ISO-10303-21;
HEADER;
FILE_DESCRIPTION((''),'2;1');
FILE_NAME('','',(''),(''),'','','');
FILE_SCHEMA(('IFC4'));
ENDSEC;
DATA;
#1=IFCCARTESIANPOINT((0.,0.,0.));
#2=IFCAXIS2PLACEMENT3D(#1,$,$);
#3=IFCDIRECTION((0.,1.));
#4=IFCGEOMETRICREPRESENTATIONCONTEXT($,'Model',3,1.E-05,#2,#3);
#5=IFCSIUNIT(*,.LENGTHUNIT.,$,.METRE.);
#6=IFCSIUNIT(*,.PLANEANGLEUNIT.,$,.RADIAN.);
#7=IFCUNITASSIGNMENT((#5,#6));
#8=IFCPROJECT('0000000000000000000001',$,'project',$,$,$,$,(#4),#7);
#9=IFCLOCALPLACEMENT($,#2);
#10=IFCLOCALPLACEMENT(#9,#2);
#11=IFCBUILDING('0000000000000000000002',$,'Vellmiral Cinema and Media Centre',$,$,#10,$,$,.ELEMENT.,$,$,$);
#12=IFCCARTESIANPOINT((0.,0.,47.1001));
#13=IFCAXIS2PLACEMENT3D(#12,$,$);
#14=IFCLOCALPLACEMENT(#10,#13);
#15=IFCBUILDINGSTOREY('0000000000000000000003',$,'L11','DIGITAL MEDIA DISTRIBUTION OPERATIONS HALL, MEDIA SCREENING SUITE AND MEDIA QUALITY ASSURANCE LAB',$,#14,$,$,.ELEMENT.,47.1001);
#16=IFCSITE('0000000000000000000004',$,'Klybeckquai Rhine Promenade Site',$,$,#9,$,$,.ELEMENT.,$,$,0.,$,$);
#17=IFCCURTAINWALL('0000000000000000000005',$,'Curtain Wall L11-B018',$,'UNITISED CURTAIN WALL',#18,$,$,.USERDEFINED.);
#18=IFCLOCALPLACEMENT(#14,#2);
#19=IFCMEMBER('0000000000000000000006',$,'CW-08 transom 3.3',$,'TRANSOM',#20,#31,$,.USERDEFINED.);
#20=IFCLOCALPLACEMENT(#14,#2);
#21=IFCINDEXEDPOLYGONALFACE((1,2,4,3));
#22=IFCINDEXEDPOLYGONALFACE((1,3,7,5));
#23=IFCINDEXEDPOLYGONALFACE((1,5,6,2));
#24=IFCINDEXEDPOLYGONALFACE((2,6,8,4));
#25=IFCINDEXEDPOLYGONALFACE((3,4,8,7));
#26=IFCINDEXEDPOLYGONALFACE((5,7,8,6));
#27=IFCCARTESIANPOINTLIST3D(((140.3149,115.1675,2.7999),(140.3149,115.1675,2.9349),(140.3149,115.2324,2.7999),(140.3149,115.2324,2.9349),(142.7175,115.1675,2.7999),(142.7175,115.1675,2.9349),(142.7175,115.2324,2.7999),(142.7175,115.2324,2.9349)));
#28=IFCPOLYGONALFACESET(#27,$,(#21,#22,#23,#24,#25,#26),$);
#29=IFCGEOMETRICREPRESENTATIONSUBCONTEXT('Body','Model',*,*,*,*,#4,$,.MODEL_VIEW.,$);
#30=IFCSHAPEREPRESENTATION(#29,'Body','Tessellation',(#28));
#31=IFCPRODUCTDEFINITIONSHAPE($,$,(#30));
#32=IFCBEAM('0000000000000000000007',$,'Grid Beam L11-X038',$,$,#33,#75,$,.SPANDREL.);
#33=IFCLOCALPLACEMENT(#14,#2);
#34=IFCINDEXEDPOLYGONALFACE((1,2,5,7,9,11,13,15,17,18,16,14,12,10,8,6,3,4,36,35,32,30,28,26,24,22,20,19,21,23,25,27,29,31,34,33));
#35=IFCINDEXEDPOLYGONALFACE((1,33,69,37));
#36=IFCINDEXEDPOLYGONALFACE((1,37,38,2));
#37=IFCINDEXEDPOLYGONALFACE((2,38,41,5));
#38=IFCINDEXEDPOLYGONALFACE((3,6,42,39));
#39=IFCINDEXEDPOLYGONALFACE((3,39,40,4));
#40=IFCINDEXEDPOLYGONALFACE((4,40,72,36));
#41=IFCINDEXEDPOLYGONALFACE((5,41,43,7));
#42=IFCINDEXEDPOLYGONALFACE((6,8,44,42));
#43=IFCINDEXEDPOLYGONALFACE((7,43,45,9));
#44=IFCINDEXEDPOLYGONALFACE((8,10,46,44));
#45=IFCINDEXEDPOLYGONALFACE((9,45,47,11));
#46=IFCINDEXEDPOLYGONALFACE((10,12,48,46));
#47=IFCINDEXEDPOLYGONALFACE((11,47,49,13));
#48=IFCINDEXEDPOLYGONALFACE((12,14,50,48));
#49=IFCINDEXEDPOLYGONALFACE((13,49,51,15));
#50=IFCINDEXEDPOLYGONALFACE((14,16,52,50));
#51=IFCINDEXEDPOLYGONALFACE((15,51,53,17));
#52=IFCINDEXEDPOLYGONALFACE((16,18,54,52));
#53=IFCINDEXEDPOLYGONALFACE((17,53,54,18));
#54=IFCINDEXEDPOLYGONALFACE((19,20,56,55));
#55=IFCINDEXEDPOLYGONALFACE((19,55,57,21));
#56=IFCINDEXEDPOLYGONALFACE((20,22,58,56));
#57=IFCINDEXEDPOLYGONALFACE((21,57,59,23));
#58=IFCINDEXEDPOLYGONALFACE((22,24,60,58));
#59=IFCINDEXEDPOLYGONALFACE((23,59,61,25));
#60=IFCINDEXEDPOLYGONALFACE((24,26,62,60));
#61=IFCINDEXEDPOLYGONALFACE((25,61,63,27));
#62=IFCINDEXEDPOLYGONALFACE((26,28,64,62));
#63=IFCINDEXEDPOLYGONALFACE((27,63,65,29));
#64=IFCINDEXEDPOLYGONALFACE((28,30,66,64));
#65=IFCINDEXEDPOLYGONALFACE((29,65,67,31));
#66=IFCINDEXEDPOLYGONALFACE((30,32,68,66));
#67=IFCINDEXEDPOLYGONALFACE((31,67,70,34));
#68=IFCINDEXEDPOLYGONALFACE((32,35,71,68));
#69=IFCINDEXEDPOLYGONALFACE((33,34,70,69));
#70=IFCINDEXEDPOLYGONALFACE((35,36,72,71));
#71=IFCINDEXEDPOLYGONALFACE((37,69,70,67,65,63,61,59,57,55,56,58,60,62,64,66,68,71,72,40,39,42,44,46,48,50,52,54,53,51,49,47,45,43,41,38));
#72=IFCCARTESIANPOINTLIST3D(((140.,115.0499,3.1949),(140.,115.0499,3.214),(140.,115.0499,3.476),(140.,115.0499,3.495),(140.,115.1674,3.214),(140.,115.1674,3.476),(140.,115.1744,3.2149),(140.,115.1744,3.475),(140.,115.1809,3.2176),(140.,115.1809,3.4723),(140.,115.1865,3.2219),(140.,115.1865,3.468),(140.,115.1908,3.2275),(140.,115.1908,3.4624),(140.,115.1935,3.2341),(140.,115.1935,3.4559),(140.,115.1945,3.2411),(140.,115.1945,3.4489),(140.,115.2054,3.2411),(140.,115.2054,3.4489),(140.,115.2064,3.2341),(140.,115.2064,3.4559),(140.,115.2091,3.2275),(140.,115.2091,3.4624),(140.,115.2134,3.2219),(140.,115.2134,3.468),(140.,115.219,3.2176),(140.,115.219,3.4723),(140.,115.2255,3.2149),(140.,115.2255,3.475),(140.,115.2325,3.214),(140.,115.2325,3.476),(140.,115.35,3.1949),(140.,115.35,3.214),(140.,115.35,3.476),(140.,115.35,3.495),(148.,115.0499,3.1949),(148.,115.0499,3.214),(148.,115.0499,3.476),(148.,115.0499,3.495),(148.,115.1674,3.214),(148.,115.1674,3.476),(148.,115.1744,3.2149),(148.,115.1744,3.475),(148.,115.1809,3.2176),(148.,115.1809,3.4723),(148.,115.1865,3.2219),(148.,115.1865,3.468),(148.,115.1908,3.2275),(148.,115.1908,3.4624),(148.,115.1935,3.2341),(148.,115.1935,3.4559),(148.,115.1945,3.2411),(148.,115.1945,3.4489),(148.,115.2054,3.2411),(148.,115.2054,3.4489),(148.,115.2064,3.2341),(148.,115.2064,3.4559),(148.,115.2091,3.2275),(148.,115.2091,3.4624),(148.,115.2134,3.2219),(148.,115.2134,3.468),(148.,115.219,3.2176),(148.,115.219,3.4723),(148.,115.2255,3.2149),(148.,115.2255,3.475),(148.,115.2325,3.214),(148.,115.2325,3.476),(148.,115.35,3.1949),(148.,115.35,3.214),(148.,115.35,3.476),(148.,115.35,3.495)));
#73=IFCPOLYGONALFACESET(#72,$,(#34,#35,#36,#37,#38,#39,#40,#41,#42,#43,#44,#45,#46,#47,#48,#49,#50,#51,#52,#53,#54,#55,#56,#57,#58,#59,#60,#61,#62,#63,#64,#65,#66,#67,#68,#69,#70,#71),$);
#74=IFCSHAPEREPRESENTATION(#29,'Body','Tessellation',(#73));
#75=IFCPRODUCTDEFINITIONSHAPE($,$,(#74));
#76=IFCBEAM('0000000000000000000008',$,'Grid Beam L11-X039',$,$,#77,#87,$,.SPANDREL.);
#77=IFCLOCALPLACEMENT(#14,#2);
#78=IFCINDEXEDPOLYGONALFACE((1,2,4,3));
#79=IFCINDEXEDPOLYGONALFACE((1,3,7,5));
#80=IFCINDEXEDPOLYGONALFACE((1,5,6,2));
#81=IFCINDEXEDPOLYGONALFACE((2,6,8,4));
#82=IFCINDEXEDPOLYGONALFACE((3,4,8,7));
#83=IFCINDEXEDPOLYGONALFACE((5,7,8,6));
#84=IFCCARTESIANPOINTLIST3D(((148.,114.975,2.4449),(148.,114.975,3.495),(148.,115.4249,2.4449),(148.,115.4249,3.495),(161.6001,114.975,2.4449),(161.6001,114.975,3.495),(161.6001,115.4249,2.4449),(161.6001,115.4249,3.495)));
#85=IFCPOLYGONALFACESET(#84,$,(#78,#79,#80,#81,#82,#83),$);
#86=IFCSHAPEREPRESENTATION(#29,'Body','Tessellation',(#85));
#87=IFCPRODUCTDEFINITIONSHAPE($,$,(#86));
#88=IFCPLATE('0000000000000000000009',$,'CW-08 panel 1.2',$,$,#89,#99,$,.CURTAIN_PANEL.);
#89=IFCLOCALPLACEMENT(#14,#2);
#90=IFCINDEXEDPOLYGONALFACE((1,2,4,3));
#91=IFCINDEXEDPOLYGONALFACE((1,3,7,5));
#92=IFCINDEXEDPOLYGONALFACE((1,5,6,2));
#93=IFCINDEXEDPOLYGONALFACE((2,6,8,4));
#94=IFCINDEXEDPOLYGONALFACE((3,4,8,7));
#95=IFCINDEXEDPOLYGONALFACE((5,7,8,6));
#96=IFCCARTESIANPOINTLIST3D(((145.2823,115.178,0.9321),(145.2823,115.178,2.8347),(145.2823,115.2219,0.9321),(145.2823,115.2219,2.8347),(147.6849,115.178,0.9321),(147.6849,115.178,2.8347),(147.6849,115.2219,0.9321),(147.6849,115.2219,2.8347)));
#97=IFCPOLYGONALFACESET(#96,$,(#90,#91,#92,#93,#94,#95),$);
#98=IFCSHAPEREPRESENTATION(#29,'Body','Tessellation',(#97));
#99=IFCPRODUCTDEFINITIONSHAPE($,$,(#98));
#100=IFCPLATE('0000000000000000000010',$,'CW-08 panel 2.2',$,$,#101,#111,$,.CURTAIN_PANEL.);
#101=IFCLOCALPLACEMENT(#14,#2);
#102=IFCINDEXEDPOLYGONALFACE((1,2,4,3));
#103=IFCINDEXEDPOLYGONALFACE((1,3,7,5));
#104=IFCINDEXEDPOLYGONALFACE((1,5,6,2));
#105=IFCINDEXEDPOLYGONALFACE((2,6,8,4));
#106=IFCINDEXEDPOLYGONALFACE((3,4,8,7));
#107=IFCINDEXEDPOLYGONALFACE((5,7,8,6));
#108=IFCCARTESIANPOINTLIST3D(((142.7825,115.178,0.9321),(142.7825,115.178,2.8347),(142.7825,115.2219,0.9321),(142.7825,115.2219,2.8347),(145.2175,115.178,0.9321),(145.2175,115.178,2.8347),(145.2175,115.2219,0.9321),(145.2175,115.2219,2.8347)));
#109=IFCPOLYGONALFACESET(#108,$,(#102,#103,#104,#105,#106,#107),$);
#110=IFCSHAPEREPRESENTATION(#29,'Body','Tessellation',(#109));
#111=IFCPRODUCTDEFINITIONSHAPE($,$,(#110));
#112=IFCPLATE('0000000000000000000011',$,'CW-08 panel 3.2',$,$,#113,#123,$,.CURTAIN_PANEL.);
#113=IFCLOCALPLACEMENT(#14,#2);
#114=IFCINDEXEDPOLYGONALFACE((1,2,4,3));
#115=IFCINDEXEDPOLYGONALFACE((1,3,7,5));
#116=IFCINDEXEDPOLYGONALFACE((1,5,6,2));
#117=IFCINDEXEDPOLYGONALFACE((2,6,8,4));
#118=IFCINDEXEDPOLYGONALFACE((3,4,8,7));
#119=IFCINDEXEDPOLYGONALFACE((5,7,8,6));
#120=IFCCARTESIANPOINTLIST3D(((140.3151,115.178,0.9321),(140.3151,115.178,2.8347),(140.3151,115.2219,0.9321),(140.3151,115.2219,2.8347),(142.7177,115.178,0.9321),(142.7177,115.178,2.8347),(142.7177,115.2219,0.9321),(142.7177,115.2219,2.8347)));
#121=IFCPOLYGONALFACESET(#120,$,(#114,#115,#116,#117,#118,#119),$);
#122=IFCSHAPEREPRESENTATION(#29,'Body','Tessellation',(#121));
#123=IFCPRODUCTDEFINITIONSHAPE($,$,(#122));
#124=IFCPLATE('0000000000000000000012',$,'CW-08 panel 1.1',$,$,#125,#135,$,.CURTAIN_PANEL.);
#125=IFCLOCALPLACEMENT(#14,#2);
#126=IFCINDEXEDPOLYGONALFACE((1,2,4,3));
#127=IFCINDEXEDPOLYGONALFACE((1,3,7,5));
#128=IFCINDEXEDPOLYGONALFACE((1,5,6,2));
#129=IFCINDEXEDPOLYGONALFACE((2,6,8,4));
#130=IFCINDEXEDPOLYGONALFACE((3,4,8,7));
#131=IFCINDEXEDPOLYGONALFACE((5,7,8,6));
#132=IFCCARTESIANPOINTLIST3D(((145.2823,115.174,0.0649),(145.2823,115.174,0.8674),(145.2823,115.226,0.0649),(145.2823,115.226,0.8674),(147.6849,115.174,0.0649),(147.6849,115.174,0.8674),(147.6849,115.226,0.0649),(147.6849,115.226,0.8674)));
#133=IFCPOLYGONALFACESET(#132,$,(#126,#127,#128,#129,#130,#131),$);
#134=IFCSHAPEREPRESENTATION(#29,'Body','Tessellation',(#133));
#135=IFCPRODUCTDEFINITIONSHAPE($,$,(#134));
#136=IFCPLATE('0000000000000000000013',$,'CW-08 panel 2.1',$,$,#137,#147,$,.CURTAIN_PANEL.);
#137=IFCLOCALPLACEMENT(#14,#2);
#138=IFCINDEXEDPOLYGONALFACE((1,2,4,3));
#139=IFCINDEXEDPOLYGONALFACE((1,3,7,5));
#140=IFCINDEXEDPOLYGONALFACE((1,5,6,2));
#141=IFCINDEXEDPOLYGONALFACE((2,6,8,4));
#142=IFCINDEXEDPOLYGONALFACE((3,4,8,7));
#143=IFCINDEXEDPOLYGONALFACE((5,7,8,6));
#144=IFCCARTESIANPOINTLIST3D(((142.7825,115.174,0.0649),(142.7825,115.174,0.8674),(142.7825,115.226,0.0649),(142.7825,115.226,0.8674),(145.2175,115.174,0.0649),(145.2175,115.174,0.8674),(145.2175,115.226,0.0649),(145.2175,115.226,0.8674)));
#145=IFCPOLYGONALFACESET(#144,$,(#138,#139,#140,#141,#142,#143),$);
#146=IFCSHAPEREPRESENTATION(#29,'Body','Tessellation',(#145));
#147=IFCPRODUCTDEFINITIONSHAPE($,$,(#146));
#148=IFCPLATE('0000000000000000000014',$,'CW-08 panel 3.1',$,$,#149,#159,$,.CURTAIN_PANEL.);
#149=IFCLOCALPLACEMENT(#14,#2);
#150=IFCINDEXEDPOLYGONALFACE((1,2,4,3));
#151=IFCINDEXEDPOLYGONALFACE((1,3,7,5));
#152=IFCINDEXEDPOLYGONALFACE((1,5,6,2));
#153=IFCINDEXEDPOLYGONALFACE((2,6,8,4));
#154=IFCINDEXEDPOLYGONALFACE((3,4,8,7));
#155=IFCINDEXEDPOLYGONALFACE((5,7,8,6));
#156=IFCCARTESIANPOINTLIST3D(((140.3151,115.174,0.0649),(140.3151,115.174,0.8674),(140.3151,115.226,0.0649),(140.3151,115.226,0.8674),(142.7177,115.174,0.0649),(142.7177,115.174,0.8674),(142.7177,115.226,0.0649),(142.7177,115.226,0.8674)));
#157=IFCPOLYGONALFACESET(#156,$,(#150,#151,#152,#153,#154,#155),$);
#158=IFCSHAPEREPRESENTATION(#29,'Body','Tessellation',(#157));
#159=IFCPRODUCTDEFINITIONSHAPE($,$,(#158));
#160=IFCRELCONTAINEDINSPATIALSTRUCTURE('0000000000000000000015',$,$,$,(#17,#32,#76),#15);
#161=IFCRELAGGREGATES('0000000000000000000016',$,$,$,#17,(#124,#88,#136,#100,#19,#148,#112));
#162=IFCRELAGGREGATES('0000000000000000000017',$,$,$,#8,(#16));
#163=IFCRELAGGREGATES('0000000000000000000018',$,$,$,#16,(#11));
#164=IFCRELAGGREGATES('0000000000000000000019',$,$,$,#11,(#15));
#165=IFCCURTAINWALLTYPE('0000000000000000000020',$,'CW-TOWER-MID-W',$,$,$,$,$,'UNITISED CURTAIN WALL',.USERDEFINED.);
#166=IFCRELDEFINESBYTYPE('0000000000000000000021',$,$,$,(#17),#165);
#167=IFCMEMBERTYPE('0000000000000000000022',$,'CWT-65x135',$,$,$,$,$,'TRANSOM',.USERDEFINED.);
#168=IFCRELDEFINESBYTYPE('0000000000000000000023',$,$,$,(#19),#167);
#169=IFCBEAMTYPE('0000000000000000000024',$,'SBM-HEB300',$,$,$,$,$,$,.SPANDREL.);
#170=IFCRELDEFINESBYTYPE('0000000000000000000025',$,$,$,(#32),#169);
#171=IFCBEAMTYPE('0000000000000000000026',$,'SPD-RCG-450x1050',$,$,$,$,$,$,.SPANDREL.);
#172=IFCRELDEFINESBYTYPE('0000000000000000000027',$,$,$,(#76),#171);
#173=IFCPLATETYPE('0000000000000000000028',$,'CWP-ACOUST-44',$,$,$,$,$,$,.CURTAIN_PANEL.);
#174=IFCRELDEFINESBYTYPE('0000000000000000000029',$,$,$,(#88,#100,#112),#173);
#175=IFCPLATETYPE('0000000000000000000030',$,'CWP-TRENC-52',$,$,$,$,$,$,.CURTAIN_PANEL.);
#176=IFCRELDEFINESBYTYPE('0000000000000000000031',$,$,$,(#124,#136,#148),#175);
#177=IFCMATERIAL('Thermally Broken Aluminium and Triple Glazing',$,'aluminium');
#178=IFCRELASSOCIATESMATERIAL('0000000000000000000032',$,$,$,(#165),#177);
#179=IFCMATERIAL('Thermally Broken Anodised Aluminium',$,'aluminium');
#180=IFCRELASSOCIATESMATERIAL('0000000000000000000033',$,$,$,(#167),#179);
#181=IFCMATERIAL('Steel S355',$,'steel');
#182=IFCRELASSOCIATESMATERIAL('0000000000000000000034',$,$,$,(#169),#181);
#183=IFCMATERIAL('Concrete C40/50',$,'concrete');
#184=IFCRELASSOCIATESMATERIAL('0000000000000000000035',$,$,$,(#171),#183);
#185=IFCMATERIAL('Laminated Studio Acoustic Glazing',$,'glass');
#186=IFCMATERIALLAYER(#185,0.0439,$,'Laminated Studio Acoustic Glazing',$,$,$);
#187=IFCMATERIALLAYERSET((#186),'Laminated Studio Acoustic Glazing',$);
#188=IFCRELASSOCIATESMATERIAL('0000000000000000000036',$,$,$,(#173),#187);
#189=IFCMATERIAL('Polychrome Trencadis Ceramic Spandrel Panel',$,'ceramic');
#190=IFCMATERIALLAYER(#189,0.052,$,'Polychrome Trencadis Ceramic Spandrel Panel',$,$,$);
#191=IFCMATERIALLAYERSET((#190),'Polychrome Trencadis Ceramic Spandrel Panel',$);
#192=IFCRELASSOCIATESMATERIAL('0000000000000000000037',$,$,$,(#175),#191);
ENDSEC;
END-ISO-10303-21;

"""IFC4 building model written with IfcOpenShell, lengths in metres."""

from ifc_helpers import new_model, si_unit, direction, frame, origin, origin_2d, place, context, subcontext, project, spatial, rectangle, i_section, extrude, material, layer, layer_set, material_profile, profile_set, type_object, element, aggregate, save


model = new_model("IFC4")

# Units and contexts
model_context = context("Model", 3, precision=1e-05, world=origin(), true_north=direction((0.0, 1.0)))
body_context = subcontext(model_context, "Body", "Model", "MODEL_VIEW")
ifc_project = project(units=[si_unit("LENGTHUNIT", "METRE"), si_unit("PLANEANGLEUNIT", "RADIAN")], contexts=[model_context])

# Site, building, storey
site_placement = place(None, origin())
site = spatial("IfcSite", under=ifc_project, at=site_placement, Name="Klybeckquai Rhine Promenade Site", CompositionType="ELEMENT", RefElevation=0.0)
building_placement = place(site_placement, origin())
building = spatial("IfcBuilding", under=site, at=building_placement, Name="Vellmiral Cinema and Media Centre", CompositionType="ELEMENT")
storey_placement = place(building_placement, frame((0.0, 0.0, 47.1001)))
storey = spatial("IfcBuildingStorey", under=building, at=storey_placement, Name="L11", Description="DIGITAL MEDIA DISTRIBUTION OPERATIONS HALL, MEDIA SCREENING SUITE AND MEDIA QUALITY ASSURANCE LAB", CompositionType="ELEMENT", Elevation=47.1001)

# Curtain wall, member
ifc_material_1 = material(Name="Thermally Broken Aluminium and Triple Glazing", Category="aluminium")
curtain_wall_type = type_object("IfcCurtainWallType", Name="CW-TOWER-MID-W", ElementType="UNITISED CURTAIN WALL", PredefinedType="USERDEFINED", material=ifc_material_1)
curtain_wall_placement = place(storey_placement, origin())
curtain_wall = element("IfcCurtainWall", 1, at=curtain_wall_placement, inside=storey, type_object=curtain_wall_type, Name="Curtain Wall L11-B018", ObjectType="UNITISED CURTAIN WALL", PredefinedType="USERDEFINED")
ifc_material_2 = material(Name="Thermally Broken Anodised Aluminium", Category="aluminium")
ifc_material_profile_1 = material_profile(ifc_material_2, rectangle(XDim=0.0649, YDim=0.135, at=origin_2d()), Name="MULL 65x135")
ifc_profile_set_1 = profile_set([ifc_material_profile_1], Name="Thermally Broken Anodised Aluminium")
member_type_1 = type_object("IfcMemberType", Name="CWT-65x135", ElementType="TRANSOM", PredefinedType="USERDEFINED", material=ifc_profile_set_1)
member_1_placement = place(storey_placement, frame((142.7175, 115.2, 2.8674), z_axis=(-1.0, 0.0, 0.0), x_axis=(0.0, -1.0, 0.0)))
member_1 = element("IfcMember", 2, at=member_1_placement, type_object=member_type_1, Name="CW-08 transom 3.3", ObjectType="TRANSOM", PredefinedType="USERDEFINED", context=body_context, shape_type="SweptSolid", body=[
    extrude(rectangle(XDim=0.0649, YDim=0.135, at=origin_2d()), origin(), (0.0, 0.0, 1.0), 2.4026),
])

# Beams
ifc_material_3 = material(Name="Steel S355", Category="steel")
ifc_material_profile_2 = material_profile(ifc_material_3, i_section(OverallWidth=0.3, OverallDepth=0.3, WebThickness=0.011, FlangeThickness=0.019, FilletRadius=0.0271, at=origin_2d()), Name="HEB 300")
ifc_profile_set_2 = profile_set([ifc_material_profile_2], Name="Steel S355")
beam_type_1 = type_object("IfcBeamType", Name="SBM-HEB300", PredefinedType="SPANDREL", material=ifc_profile_set_2)
beam_1_placement = place(storey_placement, frame((140.0, 115.2, 3.345), z_axis=(1.0, 0.0, 0.0), x_axis=(0.0, 1.0, 0.0)))
element("IfcBeam", 3, at=beam_1_placement, inside=storey, type_object=beam_type_1, Name="Grid Beam L11-X038", PredefinedType="SPANDREL", context=body_context, shape_type="SweptSolid", body=[
    extrude(i_section(OverallWidth=0.3, OverallDepth=0.3, WebThickness=0.011, FlangeThickness=0.019, FilletRadius=0.0271, at=origin_2d()), origin(), (0.0, 0.0, 1.0), 8.0),
])
ifc_material_4 = material(Name="Concrete C40/50", Category="concrete")
ifc_material_profile_3 = material_profile(ifc_material_4, rectangle(XDim=0.45, YDim=1.05, at=origin_2d()), Name="RC 450x1050")
ifc_profile_set_3 = profile_set([ifc_material_profile_3], Name="Concrete C40/50")
beam_type_2 = type_object("IfcBeamType", Name="SPD-RCG-450x1050", PredefinedType="SPANDREL", material=ifc_profile_set_3)
beam_2_placement = place(storey_placement, frame((148.0, 115.2, 2.97), z_axis=(1.0, 0.0, 0.0), x_axis=(0.0, 1.0, 0.0)))
element("IfcBeam", 4, at=beam_2_placement, inside=storey, type_object=beam_type_2, Name="Grid Beam L11-X039", PredefinedType="SPANDREL", context=body_context, shape_type="SweptSolid", body=[
    extrude(rectangle(XDim=0.45, YDim=1.05, at=origin_2d()), origin(), (0.0, 0.0, 1.0), 13.6001),
])

# Plates
ifc_material_5 = material(Name="Laminated Studio Acoustic Glazing", Category="glass")
ifc_layer_1 = layer(ifc_material_5, 0.0439, Name="Laminated Studio Acoustic Glazing")
ifc_layer_set_1 = layer_set([ifc_layer_1], Name="Laminated Studio Acoustic Glazing")
plate_type_1 = type_object("IfcPlateType", Name="CWP-ACOUST-44", PredefinedType="CURTAIN_PANEL", material=ifc_layer_set_1)
plate_1_placement = place(storey_placement, frame((146.4836, 115.2, 0.9321), z_axis=(0.0, 0.0, 1.0), x_axis=(-1.0, 0.0, 0.0)))
plate_1 = element("IfcPlate", 5, at=plate_1_placement, type_object=plate_type_1, Name="CW-08 panel 1.2", PredefinedType="CURTAIN_PANEL", context=body_context, shape_type="SweptSolid", body=[
    extrude(rectangle(XDim=2.4026, YDim=0.0439, at=origin_2d()), origin(), (0.0, 0.0, 1.0), 1.9026),
])
plate_2_placement = place(storey_placement, frame((144.0, 115.2, 0.9321), z_axis=(0.0, 0.0, 1.0), x_axis=(-1.0, 0.0, 0.0)))
plate_2 = element("IfcPlate", 6, at=plate_2_placement, type_object=plate_type_1, Name="CW-08 panel 2.2", PredefinedType="CURTAIN_PANEL", context=body_context, shape_type="SweptSolid", body=[
    extrude(rectangle(XDim=2.4351, YDim=0.0439, at=origin_2d()), origin(), (0.0, 0.0, 1.0), 1.9026),
])
plate_3_placement = place(storey_placement, frame((141.5164, 115.2, 0.9321), z_axis=(0.0, 0.0, 1.0), x_axis=(-1.0, 0.0, 0.0)))
plate_3 = element("IfcPlate", 7, at=plate_3_placement, type_object=plate_type_1, Name="CW-08 panel 3.2", PredefinedType="CURTAIN_PANEL", context=body_context, shape_type="SweptSolid", body=[
    extrude(rectangle(XDim=2.4026, YDim=0.0439, at=origin_2d()), origin(), (0.0, 0.0, 1.0), 1.9026),
])
ifc_material_6 = material(Name="Polychrome Trencadis Ceramic Spandrel Panel", Category="ceramic")
ifc_layer_2 = layer(ifc_material_6, 0.052, Name="Polychrome Trencadis Ceramic Spandrel Panel")
ifc_layer_set_2 = layer_set([ifc_layer_2], Name="Polychrome Trencadis Ceramic Spandrel Panel")
plate_type_2 = type_object("IfcPlateType", Name="CWP-TRENC-52", PredefinedType="CURTAIN_PANEL", material=ifc_layer_set_2)
plate_4_placement = place(storey_placement, frame((146.4836, 115.2, 0.0649), z_axis=(0.0, 0.0, 1.0), x_axis=(-1.0, 0.0, 0.0)))
plate_4 = element("IfcPlate", 8, at=plate_4_placement, type_object=plate_type_2, Name="CW-08 panel 1.1", PredefinedType="CURTAIN_PANEL", context=body_context, shape_type="SweptSolid", body=[
    extrude(rectangle(XDim=2.4026, YDim=0.052, at=origin_2d()), origin(), (0.0, 0.0, 1.0), 0.8025),
])
plate_5_placement = place(storey_placement, frame((144.0, 115.2, 0.0649), z_axis=(0.0, 0.0, 1.0), x_axis=(-1.0, 0.0, 0.0)))
plate_5 = element("IfcPlate", 9, at=plate_5_placement, type_object=plate_type_2, Name="CW-08 panel 2.1", PredefinedType="CURTAIN_PANEL", context=body_context, shape_type="SweptSolid", body=[
    extrude(rectangle(XDim=2.4351, YDim=0.052, at=origin_2d()), origin(), (0.0, 0.0, 1.0), 0.8025),
])
plate_6_placement = place(storey_placement, frame((141.5164, 115.2, 0.0649), z_axis=(0.0, 0.0, 1.0), x_axis=(-1.0, 0.0, 0.0)))
plate_6 = element("IfcPlate", 10, at=plate_6_placement, type_object=plate_type_2, Name="CW-08 panel 3.1", PredefinedType="CURTAIN_PANEL", context=body_context, shape_type="SweptSolid", body=[
    extrude(rectangle(XDim=2.4026, YDim=0.052, at=origin_2d()), origin(), (0.0, 0.0, 1.0), 0.8025),
])
aggregate(curtain_wall, [plate_4, plate_1, plate_5, plate_2, member_1, plate_6, plate_3])

save(model, "model.ifc")
